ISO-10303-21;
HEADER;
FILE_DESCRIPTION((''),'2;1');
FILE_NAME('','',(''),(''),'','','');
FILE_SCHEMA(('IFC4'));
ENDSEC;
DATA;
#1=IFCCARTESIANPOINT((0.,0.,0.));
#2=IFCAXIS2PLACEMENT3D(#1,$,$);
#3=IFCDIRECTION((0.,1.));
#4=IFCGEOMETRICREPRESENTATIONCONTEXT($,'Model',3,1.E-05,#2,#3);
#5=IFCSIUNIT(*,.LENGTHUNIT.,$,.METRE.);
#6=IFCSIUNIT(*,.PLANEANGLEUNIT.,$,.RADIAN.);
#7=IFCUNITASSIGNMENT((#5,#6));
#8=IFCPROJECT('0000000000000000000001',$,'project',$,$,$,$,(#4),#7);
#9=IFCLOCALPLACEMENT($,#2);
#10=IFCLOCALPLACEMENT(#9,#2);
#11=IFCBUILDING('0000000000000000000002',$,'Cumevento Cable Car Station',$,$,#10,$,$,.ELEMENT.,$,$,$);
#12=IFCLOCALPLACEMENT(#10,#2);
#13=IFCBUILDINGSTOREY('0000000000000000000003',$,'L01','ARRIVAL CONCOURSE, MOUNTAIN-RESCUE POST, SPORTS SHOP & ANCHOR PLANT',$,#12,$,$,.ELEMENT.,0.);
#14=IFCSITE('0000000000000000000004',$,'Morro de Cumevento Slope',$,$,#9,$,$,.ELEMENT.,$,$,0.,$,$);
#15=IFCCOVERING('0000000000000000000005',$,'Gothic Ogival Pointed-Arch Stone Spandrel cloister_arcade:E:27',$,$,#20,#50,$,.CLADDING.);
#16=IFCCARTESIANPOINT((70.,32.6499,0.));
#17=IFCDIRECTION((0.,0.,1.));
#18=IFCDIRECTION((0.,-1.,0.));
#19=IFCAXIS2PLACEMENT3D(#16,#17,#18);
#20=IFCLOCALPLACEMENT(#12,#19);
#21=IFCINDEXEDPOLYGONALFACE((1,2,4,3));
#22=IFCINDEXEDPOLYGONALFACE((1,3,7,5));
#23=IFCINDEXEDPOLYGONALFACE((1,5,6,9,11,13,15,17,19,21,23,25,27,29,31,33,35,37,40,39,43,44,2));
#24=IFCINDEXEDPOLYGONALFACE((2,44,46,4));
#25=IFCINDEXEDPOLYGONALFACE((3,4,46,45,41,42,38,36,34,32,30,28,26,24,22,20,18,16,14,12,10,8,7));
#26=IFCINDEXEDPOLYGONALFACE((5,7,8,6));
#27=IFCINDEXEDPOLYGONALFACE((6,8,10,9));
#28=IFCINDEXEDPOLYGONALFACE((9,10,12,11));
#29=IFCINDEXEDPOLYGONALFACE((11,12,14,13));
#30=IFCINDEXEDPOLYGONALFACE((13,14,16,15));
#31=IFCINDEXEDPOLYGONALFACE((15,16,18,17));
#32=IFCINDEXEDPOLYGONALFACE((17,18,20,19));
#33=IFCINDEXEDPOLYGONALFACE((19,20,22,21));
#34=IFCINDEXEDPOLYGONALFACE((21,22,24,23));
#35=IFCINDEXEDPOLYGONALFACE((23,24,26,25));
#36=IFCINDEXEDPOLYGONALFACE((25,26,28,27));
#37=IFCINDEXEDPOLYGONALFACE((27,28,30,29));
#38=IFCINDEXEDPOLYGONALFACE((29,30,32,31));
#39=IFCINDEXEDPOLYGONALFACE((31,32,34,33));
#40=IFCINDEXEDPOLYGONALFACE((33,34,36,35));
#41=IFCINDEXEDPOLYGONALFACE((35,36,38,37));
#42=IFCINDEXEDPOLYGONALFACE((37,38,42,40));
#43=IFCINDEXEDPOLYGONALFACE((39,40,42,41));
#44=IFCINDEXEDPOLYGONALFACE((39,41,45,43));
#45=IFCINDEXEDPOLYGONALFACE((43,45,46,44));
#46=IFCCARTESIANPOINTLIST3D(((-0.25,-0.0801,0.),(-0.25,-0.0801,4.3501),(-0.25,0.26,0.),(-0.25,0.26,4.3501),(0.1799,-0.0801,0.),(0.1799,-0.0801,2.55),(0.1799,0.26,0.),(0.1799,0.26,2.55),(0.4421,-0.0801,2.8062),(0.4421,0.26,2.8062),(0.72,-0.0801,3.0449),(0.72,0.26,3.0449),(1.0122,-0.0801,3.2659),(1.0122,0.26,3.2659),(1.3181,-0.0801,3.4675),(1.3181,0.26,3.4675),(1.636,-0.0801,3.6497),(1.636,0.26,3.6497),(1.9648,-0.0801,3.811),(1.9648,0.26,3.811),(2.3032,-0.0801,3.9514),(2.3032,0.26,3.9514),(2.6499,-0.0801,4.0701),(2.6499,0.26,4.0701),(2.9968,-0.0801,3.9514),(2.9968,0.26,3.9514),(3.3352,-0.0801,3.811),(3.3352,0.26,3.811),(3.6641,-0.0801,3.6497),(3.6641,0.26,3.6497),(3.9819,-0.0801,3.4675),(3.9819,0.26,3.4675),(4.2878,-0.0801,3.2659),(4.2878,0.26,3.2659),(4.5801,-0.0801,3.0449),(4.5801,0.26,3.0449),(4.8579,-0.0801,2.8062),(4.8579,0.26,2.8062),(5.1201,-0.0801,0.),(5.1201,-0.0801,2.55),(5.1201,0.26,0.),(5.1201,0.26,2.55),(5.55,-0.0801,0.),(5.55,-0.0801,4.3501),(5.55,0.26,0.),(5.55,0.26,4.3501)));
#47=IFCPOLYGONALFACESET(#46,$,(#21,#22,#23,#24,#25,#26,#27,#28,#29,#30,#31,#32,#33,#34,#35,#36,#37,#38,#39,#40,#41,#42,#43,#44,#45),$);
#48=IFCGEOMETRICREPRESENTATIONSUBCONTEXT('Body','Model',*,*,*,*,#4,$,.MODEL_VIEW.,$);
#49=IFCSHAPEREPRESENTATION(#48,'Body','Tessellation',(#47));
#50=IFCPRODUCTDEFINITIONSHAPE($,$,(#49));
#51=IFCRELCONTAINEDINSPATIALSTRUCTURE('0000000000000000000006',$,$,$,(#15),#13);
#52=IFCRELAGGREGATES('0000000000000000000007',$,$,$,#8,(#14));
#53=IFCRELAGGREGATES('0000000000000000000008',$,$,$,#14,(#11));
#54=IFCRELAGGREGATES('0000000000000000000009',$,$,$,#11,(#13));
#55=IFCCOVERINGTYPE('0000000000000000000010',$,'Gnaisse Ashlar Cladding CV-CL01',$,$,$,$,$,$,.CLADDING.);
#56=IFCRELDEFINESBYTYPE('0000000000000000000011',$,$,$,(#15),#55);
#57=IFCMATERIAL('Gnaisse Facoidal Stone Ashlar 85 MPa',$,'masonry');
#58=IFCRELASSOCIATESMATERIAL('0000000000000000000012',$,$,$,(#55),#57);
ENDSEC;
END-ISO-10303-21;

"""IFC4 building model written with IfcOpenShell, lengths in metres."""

from ifc_helpers import new_model, si_unit, direction, frame, origin, place, context, subcontext, project, spatial, polyline, outline, extrude, material, type_object, element, save


model = new_model("IFC4")

# Units and contexts
model_context = context("Model", 3, precision=1e-05, world=origin(), true_north=direction((0.0, 1.0)))
body_context = subcontext(model_context, "Body", "Model", "MODEL_VIEW")
ifc_project = project(units=[si_unit("LENGTHUNIT", "METRE"), si_unit("PLANEANGLEUNIT", "RADIAN")], contexts=[model_context])

# Site, building, storey
site_placement = place(None, origin())
site = spatial("IfcSite", under=ifc_project, at=site_placement, Name="Morro de Cumevento Slope", CompositionType="ELEMENT", RefElevation=0.0)
building_placement = place(site_placement, origin())
building = spatial("IfcBuilding", under=site, at=building_placement, Name="Cumevento Cable Car Station", CompositionType="ELEMENT")
storey_placement = place(building_placement, origin())
storey = spatial("IfcBuildingStorey", under=building, at=storey_placement, Name="L01", Description="ARRIVAL CONCOURSE, MOUNTAIN-RESCUE POST, SPORTS SHOP & ANCHOR PLANT", CompositionType="ELEMENT", Elevation=0.0)

# Covering
ifc_material_1 = material(Name="Gnaisse Facoidal Stone Ashlar 85 MPa", Category="masonry")
covering_type = type_object("IfcCoveringType", Name="Gnaisse Ashlar Cladding CV-CL01", PredefinedType="CLADDING", material=ifc_material_1)
covering_1_placement = place(storey_placement, frame((70.0, 32.6499, 0.0), z_axis=(0.0, 0.0, 1.0), x_axis=(0.0, -1.0, 0.0)))
element("IfcCovering", 1, at=covering_1_placement, inside=storey, type_object=covering_type, Name="Gothic Ogival Pointed-Arch Stone Spandrel cloister_arcade:E:27", PredefinedType="CLADDING", context=body_context, shape_type="SweptSolid", body=[
    extrude(outline(polyline([(-0.25, 0.0), (-0.25, 4.3501), (5.55, 4.3501), (5.55, 0.0), (5.1201, 0.0), (5.1201, 2.55), (4.8579, 2.8062), (4.5801, 3.0449), (4.2878, 3.2659), (3.9819, 3.4675), (3.6641, 3.6497), (3.3352, 3.811), (2.9968, 3.9514), (2.6499, 4.0701), (2.3032, 3.9514), (1.9648, 3.811), (1.636, 3.6497), (1.3181, 3.4675), (1.0122, 3.2659), (0.72, 3.0449), (0.4421, 2.8062), (0.1799, 2.55), (0.1799, 0.0), (-0.25, 0.0)])), frame((0.0, 0.26, 0.0), z_axis=(0.0, -1.0, 0.0), x_axis=(1.0, 0.0, 0.0)), (0.0, 0.0, 1.0), 0.3401),
])

save(model, "model.ifc")
